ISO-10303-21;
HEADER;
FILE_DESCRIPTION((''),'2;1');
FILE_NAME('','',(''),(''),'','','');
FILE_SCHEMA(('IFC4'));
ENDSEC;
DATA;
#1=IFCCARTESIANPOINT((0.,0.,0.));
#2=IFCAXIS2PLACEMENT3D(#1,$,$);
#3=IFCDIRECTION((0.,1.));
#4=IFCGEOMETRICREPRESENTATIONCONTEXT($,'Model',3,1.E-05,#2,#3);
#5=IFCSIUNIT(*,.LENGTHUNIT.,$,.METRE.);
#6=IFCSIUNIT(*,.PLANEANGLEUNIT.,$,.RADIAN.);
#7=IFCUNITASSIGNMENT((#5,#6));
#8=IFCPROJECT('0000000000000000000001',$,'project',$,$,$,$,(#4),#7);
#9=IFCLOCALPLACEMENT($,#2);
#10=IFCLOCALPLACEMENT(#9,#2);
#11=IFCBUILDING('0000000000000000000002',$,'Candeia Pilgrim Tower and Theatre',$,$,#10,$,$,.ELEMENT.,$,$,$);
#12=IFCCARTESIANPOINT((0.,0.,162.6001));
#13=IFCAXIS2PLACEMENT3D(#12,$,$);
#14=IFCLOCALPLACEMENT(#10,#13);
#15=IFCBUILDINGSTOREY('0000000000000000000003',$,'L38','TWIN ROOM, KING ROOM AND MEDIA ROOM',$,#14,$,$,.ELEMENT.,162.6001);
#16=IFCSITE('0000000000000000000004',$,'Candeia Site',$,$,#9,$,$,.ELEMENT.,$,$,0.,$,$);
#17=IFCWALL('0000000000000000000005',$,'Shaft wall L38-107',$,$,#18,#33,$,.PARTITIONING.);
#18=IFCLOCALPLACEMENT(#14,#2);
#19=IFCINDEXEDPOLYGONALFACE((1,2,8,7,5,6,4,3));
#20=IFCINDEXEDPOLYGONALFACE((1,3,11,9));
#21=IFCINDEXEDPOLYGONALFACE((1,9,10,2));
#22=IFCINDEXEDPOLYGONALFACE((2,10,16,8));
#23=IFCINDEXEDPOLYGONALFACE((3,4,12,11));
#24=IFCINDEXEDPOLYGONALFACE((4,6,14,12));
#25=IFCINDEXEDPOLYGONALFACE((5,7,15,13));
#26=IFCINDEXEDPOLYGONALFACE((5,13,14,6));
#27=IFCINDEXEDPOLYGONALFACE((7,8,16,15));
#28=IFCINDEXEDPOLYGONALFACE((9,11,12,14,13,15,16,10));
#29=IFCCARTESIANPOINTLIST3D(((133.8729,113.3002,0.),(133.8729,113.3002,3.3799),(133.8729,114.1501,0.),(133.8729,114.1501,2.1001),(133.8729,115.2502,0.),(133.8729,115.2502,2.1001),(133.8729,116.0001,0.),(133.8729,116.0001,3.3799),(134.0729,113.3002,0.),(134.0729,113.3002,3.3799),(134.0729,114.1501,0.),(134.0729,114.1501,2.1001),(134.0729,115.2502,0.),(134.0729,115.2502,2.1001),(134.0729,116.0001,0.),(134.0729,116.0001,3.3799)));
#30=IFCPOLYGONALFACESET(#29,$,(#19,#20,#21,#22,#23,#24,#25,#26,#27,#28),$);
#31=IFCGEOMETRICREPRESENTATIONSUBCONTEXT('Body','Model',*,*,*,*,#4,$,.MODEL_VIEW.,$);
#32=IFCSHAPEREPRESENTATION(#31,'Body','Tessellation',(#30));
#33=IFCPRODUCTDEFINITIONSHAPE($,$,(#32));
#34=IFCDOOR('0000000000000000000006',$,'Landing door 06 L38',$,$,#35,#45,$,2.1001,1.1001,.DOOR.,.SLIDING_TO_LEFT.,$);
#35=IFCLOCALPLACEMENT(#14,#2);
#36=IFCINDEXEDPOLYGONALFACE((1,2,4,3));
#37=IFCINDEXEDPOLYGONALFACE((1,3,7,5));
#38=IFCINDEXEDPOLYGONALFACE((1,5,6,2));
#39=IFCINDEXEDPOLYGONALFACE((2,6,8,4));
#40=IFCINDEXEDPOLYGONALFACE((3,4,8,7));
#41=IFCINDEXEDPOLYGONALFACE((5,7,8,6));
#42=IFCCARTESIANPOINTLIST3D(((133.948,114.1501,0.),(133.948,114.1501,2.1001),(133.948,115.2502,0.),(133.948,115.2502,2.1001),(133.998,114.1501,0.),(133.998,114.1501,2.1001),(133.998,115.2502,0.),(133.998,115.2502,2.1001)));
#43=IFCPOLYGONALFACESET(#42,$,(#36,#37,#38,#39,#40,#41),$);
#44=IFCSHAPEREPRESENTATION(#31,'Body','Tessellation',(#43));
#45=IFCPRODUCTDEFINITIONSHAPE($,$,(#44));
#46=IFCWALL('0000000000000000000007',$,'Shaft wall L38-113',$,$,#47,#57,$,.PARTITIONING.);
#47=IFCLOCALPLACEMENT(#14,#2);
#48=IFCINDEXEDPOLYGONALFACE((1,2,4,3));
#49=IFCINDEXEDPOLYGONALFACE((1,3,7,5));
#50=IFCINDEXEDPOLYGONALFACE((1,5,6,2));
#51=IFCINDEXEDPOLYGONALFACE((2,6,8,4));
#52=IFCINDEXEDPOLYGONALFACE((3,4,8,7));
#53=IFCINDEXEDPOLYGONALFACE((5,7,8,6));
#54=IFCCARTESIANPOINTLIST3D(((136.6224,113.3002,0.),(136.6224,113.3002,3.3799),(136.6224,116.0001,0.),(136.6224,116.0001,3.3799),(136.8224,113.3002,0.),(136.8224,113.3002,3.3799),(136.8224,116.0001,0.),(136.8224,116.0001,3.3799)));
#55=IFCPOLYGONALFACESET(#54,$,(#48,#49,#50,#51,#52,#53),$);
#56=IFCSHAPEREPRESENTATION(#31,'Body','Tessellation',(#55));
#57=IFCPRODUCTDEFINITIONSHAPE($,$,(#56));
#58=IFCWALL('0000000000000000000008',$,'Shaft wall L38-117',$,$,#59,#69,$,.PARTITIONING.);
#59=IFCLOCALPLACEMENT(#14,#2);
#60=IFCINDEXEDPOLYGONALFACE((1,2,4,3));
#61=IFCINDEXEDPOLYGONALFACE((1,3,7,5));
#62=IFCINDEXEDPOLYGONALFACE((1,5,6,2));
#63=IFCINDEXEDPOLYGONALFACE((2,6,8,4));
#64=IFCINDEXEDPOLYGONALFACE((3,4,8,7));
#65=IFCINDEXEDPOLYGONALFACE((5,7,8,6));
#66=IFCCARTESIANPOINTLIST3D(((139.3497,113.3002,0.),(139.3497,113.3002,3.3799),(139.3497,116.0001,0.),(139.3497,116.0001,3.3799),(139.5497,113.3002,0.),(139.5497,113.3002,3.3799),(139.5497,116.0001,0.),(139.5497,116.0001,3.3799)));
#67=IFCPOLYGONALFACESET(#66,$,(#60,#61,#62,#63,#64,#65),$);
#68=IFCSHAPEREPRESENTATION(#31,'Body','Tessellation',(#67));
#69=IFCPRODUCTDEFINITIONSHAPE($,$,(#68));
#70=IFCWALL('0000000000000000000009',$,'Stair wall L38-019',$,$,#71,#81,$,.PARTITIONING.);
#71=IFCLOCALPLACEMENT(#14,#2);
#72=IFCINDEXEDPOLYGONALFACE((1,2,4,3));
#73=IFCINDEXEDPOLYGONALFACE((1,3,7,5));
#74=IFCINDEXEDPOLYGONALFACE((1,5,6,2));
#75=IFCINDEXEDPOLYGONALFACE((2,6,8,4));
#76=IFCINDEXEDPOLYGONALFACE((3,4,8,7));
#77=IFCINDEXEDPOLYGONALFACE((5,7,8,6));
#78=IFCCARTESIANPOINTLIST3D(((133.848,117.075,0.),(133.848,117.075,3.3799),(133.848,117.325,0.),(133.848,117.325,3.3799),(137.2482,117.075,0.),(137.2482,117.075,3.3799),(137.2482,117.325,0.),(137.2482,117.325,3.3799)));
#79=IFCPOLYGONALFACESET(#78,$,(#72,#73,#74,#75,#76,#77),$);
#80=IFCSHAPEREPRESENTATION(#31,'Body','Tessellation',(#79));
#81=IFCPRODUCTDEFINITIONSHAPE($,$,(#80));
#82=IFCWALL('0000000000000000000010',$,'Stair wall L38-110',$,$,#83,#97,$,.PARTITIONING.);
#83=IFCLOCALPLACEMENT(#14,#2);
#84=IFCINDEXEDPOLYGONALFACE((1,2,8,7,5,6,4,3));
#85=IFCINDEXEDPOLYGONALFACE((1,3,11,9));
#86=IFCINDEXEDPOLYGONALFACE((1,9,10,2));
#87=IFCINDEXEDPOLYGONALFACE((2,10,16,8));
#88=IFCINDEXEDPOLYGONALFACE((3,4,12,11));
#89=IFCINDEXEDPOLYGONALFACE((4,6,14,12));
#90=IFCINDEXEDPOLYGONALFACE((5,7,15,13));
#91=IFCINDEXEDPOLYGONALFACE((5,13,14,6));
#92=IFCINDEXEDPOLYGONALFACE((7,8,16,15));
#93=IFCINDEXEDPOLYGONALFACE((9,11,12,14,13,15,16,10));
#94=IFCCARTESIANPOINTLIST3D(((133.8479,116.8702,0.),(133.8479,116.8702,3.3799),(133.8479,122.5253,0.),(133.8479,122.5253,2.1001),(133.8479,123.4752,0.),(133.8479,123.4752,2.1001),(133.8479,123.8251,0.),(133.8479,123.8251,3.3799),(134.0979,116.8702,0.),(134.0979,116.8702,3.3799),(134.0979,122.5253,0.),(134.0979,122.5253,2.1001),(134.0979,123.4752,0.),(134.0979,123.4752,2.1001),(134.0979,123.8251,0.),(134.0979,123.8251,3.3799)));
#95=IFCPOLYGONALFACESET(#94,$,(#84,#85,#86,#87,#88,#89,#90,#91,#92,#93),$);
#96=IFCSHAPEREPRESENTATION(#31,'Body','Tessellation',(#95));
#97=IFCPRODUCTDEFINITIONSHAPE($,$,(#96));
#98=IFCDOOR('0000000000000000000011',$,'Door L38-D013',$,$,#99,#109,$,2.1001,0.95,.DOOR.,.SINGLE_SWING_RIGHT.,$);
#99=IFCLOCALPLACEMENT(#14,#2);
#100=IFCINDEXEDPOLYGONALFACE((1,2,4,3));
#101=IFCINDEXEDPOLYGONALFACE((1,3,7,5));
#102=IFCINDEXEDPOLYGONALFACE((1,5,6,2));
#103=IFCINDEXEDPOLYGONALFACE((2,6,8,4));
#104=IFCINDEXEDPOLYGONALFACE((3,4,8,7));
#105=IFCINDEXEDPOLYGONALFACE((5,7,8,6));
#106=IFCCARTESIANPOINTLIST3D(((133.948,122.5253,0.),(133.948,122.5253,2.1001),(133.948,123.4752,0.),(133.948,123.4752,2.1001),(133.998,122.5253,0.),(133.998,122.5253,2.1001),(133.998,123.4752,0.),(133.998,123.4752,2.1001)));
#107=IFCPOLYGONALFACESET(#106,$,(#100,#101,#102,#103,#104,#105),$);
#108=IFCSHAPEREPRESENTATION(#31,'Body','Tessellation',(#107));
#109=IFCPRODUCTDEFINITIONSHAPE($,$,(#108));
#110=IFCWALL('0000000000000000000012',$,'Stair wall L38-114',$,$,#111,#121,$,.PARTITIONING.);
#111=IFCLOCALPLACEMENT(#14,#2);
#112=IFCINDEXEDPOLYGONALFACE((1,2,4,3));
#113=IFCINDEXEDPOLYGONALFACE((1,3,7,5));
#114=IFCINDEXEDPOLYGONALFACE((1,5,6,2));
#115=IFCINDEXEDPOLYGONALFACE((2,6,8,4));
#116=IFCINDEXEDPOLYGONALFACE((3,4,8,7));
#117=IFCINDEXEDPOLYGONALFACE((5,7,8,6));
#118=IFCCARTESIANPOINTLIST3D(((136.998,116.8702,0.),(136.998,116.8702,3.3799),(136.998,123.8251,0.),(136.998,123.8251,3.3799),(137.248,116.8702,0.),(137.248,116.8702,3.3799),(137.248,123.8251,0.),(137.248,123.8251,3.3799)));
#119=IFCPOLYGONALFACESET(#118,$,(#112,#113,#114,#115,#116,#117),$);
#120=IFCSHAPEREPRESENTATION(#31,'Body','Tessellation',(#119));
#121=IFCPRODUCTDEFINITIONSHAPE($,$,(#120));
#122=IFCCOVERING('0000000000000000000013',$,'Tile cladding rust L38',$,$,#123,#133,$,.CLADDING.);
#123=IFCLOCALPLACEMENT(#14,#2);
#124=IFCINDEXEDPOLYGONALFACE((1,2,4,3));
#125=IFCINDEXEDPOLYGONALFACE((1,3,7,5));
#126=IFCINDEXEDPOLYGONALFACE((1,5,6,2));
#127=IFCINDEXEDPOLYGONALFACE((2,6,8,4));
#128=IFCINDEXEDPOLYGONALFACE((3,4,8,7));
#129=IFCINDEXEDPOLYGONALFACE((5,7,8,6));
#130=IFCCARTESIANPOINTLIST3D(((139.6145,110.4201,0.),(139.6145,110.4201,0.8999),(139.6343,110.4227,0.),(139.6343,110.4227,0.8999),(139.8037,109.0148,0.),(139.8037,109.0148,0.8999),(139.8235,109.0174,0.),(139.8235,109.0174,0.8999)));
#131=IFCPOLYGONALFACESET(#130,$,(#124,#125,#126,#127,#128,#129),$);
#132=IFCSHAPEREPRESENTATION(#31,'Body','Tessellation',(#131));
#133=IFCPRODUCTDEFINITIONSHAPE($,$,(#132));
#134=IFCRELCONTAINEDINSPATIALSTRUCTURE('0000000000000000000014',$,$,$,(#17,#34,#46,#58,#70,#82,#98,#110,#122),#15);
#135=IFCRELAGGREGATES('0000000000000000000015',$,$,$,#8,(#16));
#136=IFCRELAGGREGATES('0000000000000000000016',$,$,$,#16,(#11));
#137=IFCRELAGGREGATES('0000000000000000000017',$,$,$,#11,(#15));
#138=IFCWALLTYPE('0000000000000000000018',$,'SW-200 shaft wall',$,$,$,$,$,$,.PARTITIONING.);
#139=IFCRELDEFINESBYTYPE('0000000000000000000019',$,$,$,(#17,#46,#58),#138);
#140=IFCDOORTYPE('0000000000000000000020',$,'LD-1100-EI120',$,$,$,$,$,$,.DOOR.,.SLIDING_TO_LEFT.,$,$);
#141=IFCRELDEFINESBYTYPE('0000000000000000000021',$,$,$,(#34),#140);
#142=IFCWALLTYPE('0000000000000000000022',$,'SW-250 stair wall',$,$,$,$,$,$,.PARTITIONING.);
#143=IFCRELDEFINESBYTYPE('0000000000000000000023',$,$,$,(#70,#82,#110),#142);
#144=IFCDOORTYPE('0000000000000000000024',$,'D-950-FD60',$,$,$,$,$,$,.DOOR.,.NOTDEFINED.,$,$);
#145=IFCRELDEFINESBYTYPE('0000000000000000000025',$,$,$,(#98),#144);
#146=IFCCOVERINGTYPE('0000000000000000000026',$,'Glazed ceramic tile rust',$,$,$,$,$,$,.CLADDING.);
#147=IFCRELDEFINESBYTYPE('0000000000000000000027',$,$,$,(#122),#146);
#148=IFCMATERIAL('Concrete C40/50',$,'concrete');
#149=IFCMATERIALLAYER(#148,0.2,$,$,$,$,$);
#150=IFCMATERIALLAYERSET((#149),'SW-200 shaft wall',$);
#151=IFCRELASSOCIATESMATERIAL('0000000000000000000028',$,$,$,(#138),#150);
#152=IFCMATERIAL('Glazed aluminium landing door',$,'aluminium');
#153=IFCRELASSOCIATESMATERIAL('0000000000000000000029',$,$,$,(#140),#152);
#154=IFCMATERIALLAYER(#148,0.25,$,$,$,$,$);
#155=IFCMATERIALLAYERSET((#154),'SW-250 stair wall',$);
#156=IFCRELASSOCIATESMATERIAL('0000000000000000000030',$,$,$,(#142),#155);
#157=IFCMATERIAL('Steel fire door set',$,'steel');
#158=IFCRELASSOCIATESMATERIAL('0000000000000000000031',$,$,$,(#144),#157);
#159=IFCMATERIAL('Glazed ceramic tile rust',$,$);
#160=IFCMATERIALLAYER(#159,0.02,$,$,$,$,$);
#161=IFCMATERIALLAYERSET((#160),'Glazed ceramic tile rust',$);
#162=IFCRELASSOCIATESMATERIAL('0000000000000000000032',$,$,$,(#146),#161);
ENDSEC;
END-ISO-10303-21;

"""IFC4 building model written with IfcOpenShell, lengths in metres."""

from ifc_helpers import new_model, si_unit, direction, frame, frame_2d, origin, origin_2d, place, context, subcontext, project, spatial, rectangle, extrude, material, layer, layer_set, type_object, element, fill, save


model = new_model("IFC4")

# Units and contexts
model_context = context("Model", 3, precision=1e-05, world=origin(), true_north=direction((0.0, 1.0)))
body_context = subcontext(model_context, "Body", "Model", "MODEL_VIEW")
ifc_project = project(units=[si_unit("LENGTHUNIT", "METRE"), si_unit("PLANEANGLEUNIT", "RADIAN")], contexts=[model_context])

# Site, building, storey
site_placement = place(None, origin())
site = spatial("IfcSite", under=ifc_project, at=site_placement, Name="Candeia Site", CompositionType="ELEMENT", RefElevation=0.0)
building_placement = place(site_placement, origin())
building = spatial("IfcBuilding", under=site, at=building_placement, Name="Candeia Pilgrim Tower and Theatre", CompositionType="ELEMENT")
storey_placement = place(building_placement, frame((0.0, 0.0, 162.6001)))
storey = spatial("IfcBuildingStorey", under=building, at=storey_placement, Name="L38", Description="TWIN ROOM, KING ROOM AND MEDIA ROOM", CompositionType="ELEMENT", Elevation=162.6001)

# Shared definitions
ifc_material_1 = material(Name="Steel fire door set", Category="steel")

# Wall, opening, door
ifc_material_2 = material(Name="Concrete C40/50", Category="concrete")
ifc_layer_1 = layer(ifc_material_2, 0.2)
ifc_layer_set_1 = layer_set([ifc_layer_1], Name="SW-200 shaft wall")
wall_type_1 = type_object("IfcWallType", Name="SW-200 shaft wall", PredefinedType="PARTITIONING", material=ifc_layer_set_1)
wall_1_placement = place(storey_placement, frame((133.9729, 113.3, 0.0), z_axis=(0.0, 0.0, 1.0), x_axis=(0.0, 1.0, 0.0)))
wall_1 = element("IfcWall", 1, at=wall_1_placement, inside=storey, type_object=wall_type_1, Name="Shaft wall L38-107", PredefinedType="PARTITIONING", context=body_context, shape_type="SweptSolid", body=[
    extrude(rectangle(XDim=2.7, YDim=0.2, at=frame_2d((1.3501, 0.0))), origin(), (0.0, 0.0, 1.0), 3.3799),
])
opening_1_placement = place(wall_1_placement, frame((0.8501, 0.0, 0.0)))
opening_1 = element("IfcOpeningElement", 2, at=opening_1_placement, cuts=wall_1, PredefinedType="OPENING", context=body_context, shape_type="SweptSolid", body=[
    extrude(rectangle(XDim=1.1001, YDim=2.1001, at=frame_2d((0.55, 1.05))), frame((0.0, 0.1099, 0.0), z_axis=(0.0, -1.0, 0.0), x_axis=(1.0, 0.0, 0.0)), (0.0, 0.0, 1.0), 0.22),
])
ifc_material_3 = material(Name="Glazed aluminium landing door", Category="aluminium")
door_type_1 = type_object("IfcDoorType", Name="LD-1100-EI120", OperationType="SLIDING_TO_LEFT", PredefinedType="DOOR", material=ifc_material_3)
door_1_placement = place(opening_1_placement, origin())
door_1 = element("IfcDoor", 3, at=door_1_placement, inside=storey, type_object=door_type_1, Name="Landing door 06 L38", OperationType="SLIDING_TO_LEFT", OverallHeight=2.1001, OverallWidth=1.1001, PredefinedType="DOOR", context=body_context, shape_type="SweptSolid", body=[
    extrude(rectangle(XDim=1.1001, YDim=2.1001, at=frame_2d((0.55, 1.05))), frame((0.0, 0.0249, 0.0), z_axis=(0.0, -1.0, 0.0), x_axis=(1.0, 0.0, 0.0)), (0.0, 0.0, 1.0), 0.05),
])
fill(opening_1, door_1)

# Walls
for number, where, z_axis, x_axis, name in (
    (4, (136.7224, 113.3, 0.0), (0.0, 0.0, 1.0), (0.0, 1.0, 0.0), "Shaft wall L38-113"),
    (5, (139.4497, 113.3, 0.0), (0.0, 0.0, 1.0), (0.0, 1.0, 0.0), "Shaft wall L38-117"),
):
    element("IfcWall", number, at=place(storey_placement, frame(where, z_axis=z_axis, x_axis=x_axis)), inside=storey, type_object=wall_type_1, Name=name, PredefinedType="PARTITIONING", context=body_context, shape_type="SweptSolid", body=[
        extrude(rectangle(XDim=2.7, YDim=0.2, at=frame_2d((1.3501, 0.0))), origin(), (0.0, 0.0, 1.0), 3.3799),
    ])
ifc_layer_2 = layer(ifc_material_2, 0.25)
ifc_layer_set_2 = layer_set([ifc_layer_2], Name="SW-250 stair wall")
wall_type_2 = type_object("IfcWallType", Name="SW-250 stair wall", PredefinedType="PARTITIONING", material=ifc_layer_set_2)
wall_2_placement = place(storey_placement, frame((133.8479, 117.2, 0.0), z_axis=(0.0, 0.0, 1.0), x_axis=(1.0, 0.0, 0.0)))
element("IfcWall", 6, at=wall_2_placement, inside=storey, type_object=wall_type_2, Name="Stair wall L38-019", PredefinedType="PARTITIONING", context=body_context, shape_type="SweptSolid", body=[
    extrude(rectangle(XDim=3.4001, YDim=0.25, at=frame_2d((1.7002, 0.0))), origin(), (0.0, 0.0, 1.0), 3.3799),
])

# Wall, opening, door
wall_3_placement = place(storey_placement, frame((133.9729, 116.8701, 0.0), z_axis=(0.0, 0.0, 1.0), x_axis=(0.0, 1.0, 0.0)))
wall_3 = element("IfcWall", 7, at=wall_3_placement, inside=storey, type_object=wall_type_2, Name="Stair wall L38-110", PredefinedType="PARTITIONING", context=body_context, shape_type="SweptSolid", body=[
    extrude(rectangle(XDim=6.9548, YDim=0.25, at=frame_2d((3.4775, 0.0))), origin(), (0.0, 0.0, 1.0), 3.3799),
])
opening_2_placement = place(wall_3_placement, frame((5.655, 0.0, 0.0)))
opening_2 = element("IfcOpeningElement", 8, at=opening_2_placement, cuts=wall_3, PredefinedType="OPENING", context=body_context, shape_type="SweptSolid", body=[
    extrude(rectangle(XDim=0.95, YDim=2.1001, at=frame_2d((0.4751, 1.05))), frame((0.0, 0.135, 0.0), z_axis=(0.0, -1.0, 0.0), x_axis=(1.0, 0.0, 0.0)), (0.0, 0.0, 1.0), 0.27),
])
door_type_2 = type_object("IfcDoorType", Name="D-950-FD60", OperationType="NOTDEFINED", PredefinedType="DOOR", material=ifc_material_1)
door_2_placement = place(opening_2_placement, origin())
door_2 = element("IfcDoor", 9, at=door_2_placement, inside=storey, type_object=door_type_2, Name="Door L38-D013", OperationType="SINGLE_SWING_RIGHT", OverallHeight=2.1001, OverallWidth=0.95, PredefinedType="DOOR", context=body_context, shape_type="SweptSolid", body=[
    extrude(rectangle(XDim=0.95, YDim=2.1001, at=frame_2d((0.4751, 1.05))), frame((0.0, 0.0249, 0.0), z_axis=(0.0, -1.0, 0.0), x_axis=(1.0, 0.0, 0.0)), (0.0, 0.0, 1.0), 0.05),
])
fill(opening_2, door_2)

# Wall
wall_4_placement = place(storey_placement, frame((137.123, 116.8701, 0.0), z_axis=(0.0, 0.0, 1.0), x_axis=(0.0, 1.0, 0.0)))
element("IfcWall", 10, at=wall_4_placement, inside=storey, type_object=wall_type_2, Name="Stair wall L38-114", PredefinedType="PARTITIONING", context=body_context, shape_type="SweptSolid", body=[
    extrude(rectangle(XDim=6.9548, YDim=0.25, at=frame_2d((3.4775, 0.0))), origin(), (0.0, 0.0, 1.0), 3.3799),
])

# Covering
ifc_material_4 = material(Name="Glazed ceramic tile rust")
ifc_layer_3 = layer(ifc_material_4, 0.02)
ifc_layer_set_3 = layer_set([ifc_layer_3], Name="Glazed ceramic tile rust")
covering_type = type_object("IfcCoveringType", Name="Glazed ceramic tile rust", PredefinedType="CLADDING", material=ifc_layer_set_3)
covering_placement = place(storey_placement, frame((139.719, 109.7188, 0.0), z_axis=(0.0, 0.0, 1.0), x_axis=(-0.133412, 0.991061, 0.0)))
element("IfcCovering", 11, at=covering_placement, inside=storey, type_object=covering_type, Name="Tile cladding rust L38", PredefinedType="CLADDING", context=body_context, shape_type="SweptSolid", body=[
    extrude(rectangle(XDim=1.418, YDim=0.02, at=origin_2d()), origin(), (0.0, 0.0, 1.0), 0.8999),
])

save(model, "model.ifc")
